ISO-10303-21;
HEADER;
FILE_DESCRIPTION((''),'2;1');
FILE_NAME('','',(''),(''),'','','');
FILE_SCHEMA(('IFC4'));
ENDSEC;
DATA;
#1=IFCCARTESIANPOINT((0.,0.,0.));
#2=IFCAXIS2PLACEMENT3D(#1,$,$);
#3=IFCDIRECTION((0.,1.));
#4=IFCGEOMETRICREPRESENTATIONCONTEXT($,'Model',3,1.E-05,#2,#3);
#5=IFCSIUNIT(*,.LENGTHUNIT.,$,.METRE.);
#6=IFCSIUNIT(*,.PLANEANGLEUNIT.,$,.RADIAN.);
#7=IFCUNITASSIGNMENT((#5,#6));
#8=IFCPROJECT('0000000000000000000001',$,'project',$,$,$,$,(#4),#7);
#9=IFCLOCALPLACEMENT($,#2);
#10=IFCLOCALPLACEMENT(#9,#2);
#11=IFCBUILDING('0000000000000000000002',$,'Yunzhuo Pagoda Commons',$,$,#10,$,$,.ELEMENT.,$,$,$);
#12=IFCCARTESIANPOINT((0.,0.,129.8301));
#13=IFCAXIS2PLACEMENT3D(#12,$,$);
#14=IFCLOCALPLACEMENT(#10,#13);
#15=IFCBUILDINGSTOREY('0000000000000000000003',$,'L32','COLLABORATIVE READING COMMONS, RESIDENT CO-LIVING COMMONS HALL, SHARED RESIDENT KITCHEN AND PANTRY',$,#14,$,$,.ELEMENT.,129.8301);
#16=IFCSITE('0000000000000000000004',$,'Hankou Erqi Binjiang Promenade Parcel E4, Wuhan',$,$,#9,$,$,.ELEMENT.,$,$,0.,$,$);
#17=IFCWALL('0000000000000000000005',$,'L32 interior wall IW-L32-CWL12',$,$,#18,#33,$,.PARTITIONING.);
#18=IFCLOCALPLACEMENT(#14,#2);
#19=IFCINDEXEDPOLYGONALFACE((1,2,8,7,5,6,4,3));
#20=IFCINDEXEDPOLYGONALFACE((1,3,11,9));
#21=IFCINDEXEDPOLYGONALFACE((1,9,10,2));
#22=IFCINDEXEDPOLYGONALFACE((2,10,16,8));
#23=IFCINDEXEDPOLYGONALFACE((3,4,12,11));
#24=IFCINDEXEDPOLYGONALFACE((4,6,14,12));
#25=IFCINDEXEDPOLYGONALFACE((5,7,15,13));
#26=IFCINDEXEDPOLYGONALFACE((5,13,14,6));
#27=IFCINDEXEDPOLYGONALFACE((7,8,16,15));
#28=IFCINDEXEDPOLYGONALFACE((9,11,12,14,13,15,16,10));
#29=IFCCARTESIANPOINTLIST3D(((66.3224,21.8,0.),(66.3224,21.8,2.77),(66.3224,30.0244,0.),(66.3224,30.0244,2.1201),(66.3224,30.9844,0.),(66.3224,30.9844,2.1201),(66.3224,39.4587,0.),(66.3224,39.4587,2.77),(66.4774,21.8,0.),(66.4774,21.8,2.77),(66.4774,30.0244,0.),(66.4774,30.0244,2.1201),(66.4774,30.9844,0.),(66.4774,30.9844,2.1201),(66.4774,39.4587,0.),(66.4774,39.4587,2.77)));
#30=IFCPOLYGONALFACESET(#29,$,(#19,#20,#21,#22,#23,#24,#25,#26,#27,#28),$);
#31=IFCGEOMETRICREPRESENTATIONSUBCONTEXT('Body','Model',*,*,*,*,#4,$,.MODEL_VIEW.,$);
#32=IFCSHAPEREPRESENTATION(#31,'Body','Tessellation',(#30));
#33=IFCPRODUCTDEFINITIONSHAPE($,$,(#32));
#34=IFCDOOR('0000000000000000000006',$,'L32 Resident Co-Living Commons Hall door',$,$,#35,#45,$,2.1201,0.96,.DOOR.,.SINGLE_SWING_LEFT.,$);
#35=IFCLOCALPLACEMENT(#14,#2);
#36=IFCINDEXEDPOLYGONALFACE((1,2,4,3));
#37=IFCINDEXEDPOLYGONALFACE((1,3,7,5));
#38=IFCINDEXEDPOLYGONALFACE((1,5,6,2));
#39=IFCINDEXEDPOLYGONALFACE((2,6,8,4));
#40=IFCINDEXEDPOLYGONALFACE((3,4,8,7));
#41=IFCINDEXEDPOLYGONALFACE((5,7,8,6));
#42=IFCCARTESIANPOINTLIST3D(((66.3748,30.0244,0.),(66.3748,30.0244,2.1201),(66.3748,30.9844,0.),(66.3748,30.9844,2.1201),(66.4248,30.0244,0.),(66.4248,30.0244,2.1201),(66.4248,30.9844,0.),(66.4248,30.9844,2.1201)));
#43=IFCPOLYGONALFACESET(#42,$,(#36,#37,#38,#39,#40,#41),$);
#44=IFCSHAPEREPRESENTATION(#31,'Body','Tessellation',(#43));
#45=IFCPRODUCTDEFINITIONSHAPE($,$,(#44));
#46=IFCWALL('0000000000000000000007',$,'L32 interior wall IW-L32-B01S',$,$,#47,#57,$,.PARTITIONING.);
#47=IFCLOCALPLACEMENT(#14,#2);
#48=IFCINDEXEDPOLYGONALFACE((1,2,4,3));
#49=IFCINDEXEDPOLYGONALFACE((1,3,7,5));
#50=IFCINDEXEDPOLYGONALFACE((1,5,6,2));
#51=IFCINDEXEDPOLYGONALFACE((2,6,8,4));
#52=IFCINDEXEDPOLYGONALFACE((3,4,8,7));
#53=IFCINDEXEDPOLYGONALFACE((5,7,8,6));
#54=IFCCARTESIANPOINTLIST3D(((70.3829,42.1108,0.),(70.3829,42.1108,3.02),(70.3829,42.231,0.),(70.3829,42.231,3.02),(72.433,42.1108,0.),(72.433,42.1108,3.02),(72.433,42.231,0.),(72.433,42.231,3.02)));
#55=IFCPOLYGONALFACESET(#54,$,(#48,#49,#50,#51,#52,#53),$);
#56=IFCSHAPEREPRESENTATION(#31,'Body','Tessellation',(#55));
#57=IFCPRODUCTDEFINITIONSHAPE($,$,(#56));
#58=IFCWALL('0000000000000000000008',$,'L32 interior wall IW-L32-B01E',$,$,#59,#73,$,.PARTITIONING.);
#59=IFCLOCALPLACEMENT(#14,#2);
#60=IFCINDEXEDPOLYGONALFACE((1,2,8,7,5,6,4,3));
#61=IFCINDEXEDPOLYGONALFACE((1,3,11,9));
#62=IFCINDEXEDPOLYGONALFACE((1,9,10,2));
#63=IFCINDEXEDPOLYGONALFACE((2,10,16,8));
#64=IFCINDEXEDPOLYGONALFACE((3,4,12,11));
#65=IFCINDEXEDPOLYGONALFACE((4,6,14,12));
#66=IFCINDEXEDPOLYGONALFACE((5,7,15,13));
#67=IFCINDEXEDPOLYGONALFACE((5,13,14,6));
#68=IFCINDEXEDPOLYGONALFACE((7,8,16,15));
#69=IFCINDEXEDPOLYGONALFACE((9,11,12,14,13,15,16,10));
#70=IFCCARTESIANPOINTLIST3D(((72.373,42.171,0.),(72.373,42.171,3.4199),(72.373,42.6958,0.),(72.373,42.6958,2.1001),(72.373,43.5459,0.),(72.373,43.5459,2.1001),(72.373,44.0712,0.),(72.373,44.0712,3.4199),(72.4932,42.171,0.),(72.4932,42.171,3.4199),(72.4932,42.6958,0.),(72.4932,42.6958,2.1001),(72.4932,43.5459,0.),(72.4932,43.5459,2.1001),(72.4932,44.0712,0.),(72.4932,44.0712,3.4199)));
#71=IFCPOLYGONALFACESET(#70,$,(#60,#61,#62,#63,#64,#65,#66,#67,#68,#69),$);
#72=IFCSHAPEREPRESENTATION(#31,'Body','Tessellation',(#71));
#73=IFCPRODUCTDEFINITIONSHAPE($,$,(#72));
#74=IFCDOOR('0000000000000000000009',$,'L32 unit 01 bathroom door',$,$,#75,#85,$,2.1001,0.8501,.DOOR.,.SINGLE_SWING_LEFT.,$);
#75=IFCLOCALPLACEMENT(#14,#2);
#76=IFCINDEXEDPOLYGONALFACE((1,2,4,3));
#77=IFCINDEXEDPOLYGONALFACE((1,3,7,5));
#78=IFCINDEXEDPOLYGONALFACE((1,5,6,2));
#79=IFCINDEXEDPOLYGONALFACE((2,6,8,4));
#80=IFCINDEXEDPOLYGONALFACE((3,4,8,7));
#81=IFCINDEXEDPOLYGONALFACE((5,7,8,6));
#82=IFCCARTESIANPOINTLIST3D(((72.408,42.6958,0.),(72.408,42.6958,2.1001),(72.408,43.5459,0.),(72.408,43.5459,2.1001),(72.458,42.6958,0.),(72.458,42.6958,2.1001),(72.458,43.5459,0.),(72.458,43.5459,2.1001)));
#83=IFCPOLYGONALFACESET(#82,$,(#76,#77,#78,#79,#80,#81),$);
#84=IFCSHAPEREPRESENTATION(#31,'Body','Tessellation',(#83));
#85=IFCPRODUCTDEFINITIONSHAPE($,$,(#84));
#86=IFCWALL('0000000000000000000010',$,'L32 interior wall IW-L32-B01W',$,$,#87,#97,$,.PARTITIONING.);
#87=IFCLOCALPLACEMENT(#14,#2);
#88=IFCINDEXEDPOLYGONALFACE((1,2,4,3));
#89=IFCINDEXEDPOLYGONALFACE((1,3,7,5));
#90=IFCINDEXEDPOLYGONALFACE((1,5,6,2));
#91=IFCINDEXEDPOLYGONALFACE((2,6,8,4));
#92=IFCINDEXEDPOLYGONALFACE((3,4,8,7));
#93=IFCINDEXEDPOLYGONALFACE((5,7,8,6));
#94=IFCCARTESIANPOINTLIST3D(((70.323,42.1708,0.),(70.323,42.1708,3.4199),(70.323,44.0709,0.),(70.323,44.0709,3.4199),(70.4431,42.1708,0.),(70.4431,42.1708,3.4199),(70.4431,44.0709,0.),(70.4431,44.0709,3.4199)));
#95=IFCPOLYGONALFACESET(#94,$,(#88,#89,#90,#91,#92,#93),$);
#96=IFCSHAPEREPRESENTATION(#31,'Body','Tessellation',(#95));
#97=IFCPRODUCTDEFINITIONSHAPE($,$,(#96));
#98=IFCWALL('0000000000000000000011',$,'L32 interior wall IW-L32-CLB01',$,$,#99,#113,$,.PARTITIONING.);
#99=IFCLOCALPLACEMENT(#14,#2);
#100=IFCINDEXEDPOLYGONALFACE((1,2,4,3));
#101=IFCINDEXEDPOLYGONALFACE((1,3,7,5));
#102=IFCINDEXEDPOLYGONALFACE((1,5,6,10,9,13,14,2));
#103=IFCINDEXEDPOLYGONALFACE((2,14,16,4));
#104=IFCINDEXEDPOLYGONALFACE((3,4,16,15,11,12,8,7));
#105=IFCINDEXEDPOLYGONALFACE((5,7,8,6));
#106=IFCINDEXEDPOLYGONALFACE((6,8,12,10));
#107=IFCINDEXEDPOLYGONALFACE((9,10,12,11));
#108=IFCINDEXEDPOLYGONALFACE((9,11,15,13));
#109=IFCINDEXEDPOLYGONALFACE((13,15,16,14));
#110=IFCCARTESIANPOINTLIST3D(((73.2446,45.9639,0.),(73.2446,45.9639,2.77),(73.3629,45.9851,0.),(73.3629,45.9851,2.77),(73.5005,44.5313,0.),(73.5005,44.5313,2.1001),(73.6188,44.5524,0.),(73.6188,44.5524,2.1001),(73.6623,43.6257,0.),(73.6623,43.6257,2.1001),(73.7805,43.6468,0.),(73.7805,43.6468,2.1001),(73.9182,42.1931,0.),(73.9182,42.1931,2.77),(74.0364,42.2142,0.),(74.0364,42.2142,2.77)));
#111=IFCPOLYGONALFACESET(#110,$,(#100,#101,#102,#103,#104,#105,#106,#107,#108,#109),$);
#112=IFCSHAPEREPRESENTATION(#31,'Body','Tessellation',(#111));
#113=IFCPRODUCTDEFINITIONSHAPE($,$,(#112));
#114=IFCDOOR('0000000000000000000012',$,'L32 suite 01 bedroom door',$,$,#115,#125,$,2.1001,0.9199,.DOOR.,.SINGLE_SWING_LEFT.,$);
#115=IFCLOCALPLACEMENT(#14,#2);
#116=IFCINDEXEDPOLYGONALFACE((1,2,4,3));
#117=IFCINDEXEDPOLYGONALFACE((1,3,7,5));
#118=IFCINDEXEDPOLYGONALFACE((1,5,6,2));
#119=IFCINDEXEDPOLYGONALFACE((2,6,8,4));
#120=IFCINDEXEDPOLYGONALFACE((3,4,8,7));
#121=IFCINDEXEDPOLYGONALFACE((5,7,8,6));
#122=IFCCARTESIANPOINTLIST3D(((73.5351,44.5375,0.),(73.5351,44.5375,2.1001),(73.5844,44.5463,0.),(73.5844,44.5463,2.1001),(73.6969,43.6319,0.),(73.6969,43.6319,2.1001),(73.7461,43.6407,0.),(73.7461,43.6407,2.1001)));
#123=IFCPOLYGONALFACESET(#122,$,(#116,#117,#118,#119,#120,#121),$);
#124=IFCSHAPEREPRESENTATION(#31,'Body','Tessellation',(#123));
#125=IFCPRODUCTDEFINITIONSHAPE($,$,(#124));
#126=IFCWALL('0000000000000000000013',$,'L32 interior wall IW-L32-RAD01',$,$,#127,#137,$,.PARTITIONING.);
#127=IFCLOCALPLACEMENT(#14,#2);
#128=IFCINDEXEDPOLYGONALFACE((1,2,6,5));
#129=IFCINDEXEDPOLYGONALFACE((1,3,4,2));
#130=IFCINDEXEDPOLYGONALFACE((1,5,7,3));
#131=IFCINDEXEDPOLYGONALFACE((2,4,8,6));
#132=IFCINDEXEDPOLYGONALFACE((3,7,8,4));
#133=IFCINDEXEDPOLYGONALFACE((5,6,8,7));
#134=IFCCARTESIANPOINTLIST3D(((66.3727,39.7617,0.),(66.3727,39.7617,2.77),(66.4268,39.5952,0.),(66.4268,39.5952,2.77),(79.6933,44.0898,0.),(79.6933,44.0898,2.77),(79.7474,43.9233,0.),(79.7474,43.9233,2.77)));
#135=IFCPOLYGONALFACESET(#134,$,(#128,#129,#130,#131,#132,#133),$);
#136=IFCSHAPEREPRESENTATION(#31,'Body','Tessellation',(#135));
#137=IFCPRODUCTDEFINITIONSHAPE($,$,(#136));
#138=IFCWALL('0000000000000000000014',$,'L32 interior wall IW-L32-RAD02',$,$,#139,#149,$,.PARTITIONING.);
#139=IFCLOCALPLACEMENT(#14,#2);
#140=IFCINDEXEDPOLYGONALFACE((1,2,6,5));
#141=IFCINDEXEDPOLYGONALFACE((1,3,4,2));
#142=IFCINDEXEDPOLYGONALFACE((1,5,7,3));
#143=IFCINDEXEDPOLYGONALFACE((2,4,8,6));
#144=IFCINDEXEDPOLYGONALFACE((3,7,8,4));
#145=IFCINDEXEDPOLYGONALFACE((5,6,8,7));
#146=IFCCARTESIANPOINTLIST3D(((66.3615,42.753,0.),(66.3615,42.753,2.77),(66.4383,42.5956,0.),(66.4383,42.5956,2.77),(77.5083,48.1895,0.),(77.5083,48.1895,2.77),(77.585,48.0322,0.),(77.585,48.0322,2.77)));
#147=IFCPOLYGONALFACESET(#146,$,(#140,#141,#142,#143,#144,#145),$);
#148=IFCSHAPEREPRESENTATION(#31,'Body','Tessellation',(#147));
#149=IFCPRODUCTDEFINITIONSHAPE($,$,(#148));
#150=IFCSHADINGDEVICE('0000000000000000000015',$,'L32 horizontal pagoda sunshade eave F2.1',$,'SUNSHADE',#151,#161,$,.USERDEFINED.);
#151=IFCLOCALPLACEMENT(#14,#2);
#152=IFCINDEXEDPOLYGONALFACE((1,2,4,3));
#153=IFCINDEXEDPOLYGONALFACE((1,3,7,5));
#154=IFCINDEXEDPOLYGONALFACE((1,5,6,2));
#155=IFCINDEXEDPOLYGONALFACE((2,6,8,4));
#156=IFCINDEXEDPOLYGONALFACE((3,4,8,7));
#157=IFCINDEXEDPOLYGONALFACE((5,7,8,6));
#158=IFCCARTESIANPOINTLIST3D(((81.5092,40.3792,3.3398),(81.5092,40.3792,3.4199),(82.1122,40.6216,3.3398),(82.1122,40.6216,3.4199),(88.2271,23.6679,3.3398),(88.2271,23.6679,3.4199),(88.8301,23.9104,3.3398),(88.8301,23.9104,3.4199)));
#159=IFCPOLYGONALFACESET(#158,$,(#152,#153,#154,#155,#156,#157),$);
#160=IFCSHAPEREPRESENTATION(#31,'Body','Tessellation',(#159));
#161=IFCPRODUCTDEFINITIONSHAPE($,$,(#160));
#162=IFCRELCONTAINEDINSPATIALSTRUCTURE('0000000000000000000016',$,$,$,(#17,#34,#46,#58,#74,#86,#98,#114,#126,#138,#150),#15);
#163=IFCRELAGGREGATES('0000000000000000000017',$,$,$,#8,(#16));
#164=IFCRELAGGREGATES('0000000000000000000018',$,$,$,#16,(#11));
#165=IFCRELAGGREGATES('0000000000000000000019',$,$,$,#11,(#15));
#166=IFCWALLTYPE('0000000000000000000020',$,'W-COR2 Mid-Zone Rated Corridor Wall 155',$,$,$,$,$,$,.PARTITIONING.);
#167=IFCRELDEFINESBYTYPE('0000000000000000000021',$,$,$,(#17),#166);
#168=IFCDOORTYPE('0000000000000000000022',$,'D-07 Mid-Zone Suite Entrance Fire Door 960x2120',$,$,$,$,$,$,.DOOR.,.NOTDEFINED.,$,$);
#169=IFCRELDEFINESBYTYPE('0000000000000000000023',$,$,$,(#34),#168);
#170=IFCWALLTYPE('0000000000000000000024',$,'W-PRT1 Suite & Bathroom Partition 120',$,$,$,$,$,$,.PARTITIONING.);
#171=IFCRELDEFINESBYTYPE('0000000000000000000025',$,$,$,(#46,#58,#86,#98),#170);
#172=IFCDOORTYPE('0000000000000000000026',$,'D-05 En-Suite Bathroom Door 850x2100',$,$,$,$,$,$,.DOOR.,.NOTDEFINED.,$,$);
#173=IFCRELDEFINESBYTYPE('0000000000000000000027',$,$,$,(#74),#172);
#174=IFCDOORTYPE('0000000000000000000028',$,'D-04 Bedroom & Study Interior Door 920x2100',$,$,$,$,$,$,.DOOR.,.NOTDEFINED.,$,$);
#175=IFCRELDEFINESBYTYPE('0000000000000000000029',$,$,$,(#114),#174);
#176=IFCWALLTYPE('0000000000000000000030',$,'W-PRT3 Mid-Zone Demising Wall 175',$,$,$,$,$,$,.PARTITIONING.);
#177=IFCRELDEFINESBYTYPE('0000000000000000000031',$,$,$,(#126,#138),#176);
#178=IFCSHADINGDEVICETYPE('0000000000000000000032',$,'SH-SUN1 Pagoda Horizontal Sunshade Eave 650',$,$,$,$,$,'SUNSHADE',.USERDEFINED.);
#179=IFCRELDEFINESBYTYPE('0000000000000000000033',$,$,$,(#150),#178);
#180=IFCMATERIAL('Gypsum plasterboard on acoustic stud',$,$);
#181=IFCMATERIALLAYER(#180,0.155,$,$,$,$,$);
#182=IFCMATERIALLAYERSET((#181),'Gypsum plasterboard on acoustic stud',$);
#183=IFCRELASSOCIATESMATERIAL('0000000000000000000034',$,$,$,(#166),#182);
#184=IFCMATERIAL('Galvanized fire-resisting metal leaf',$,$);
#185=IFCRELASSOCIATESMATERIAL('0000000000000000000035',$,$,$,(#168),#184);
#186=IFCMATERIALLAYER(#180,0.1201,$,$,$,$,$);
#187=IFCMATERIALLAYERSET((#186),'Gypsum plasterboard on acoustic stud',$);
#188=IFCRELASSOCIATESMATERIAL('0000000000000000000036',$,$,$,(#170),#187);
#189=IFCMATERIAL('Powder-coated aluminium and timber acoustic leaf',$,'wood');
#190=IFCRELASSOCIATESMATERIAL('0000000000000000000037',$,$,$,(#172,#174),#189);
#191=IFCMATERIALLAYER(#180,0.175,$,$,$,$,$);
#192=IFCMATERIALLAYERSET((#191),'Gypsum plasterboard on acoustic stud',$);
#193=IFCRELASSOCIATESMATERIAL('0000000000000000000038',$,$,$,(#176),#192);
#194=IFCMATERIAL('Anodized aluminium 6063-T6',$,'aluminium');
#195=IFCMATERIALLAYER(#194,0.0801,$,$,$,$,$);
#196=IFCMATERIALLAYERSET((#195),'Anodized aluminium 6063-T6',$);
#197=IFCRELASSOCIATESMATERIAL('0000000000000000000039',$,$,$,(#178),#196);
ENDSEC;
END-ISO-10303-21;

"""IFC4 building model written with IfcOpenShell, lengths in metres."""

from ifc_helpers import new_model, si_unit, direction, frame, frame_2d, origin, origin_with_axes, origin_2d, place, context, subcontext, project, spatial, rectangle, extrude, source, transform, mapped, material, layer, layer_set, type_object, element, fill, save


model = new_model("IFC4")

# Units and contexts
model_context = context("Model", 3, precision=1e-05, world=origin(), true_north=direction((0.0, 1.0)))
body_context = subcontext(model_context, "Body", "Model", "MODEL_VIEW")
ifc_project = project(units=[si_unit("LENGTHUNIT", "METRE"), si_unit("PLANEANGLEUNIT", "RADIAN")], contexts=[model_context])

# Site, building, storey
site_placement = place(None, origin())
site = spatial("IfcSite", under=ifc_project, at=site_placement, Name="Hankou Erqi Binjiang Promenade Parcel E4, Wuhan", CompositionType="ELEMENT", RefElevation=0.0)
building_placement = place(site_placement, origin())
building = spatial("IfcBuilding", under=site, at=building_placement, Name="Yunzhuo Pagoda Commons", CompositionType="ELEMENT")
storey_placement = place(building_placement, frame((0.0, 0.0, 129.8301)))
storey = spatial("IfcBuildingStorey", under=building, at=storey_placement, Name="L32", Description="COLLABORATIVE READING COMMONS, RESIDENT CO-LIVING COMMONS HALL, SHARED RESIDENT KITCHEN AND PANTRY", CompositionType="ELEMENT", Elevation=129.8301)

# Shared definitions
ifc_material_1 = material(Name="Anodized aluminium 6063-T6", Category="aluminium")

# Shared definitions
ifc_material_2 = material(Name="Gypsum plasterboard on acoustic stud")
ifc_layer_1 = layer(ifc_material_2, 0.155)
ifc_layer_set_1 = layer_set([ifc_layer_1], Name="Gypsum plasterboard on acoustic stud")
wall_type_1 = type_object("IfcWallType", Name="W-COR2 Mid-Zone Rated Corridor Wall 155", PredefinedType="PARTITIONING", material=ifc_layer_set_1)

# Wall, opening, door
ifc_material_3 = material(Name="Galvanized fire-resisting metal leaf")
door_type_1 = type_object("IfcDoorType", Name="D-07 Mid-Zone Suite Entrance Fire Door 960x2120", OperationType="NOTDEFINED", PredefinedType="DOOR", material=ifc_material_3)
shared_shape_1 = source(origin(), body_context, "Body", "SweptSolid", [
    extrude(rectangle(XDim=0.96, YDim=2.1201, at=frame_2d((0.48, 1.0601))), frame((0.0, 0.0249, 0.0), z_axis=(0.0, -1.0, 0.0), x_axis=(1.0, 0.0, 0.0)), (0.0, 0.0, 1.0), 0.05),
])
wall_1_placement = place(storey_placement, frame((66.3999, 39.4587, 0.0), z_axis=(0.0, 0.0, 1.0), x_axis=(0.0, -1.0, 0.0)))
wall_1 = element("IfcWall", 1, at=wall_1_placement, inside=storey, type_object=wall_type_1, Name="L32 interior wall IW-L32-CWL12", PredefinedType="PARTITIONING", context=body_context, shape_type="SweptSolid", body=[
    extrude(rectangle(XDim=17.6587, YDim=0.155, at=frame_2d((8.8293, 0.0))), origin(), (0.0, 0.0, 1.0), 2.77),
])
opening_1_placement = place(wall_1_placement, frame((8.4744, 0.0, 0.0)))
opening_1 = element("IfcOpeningElement", 2, at=opening_1_placement, cuts=wall_1, PredefinedType="OPENING", context=body_context, shape_type="SweptSolid", body=[
    extrude(rectangle(XDim=0.96, YDim=2.1201, at=frame_2d((0.48, 1.0601))), frame((0.0, 0.0874, 0.0), z_axis=(0.0, -1.0, 0.0), x_axis=(1.0, 0.0, 0.0)), (0.0, 0.0, 1.0), 0.175),
])
door_1_placement = place(opening_1_placement, origin_with_axes())
door_1 = element("IfcDoor", 3, at=door_1_placement, inside=storey, type_object=door_type_1, Name="L32 Resident Co-Living Commons Hall door", OperationType="SINGLE_SWING_LEFT", OverallHeight=2.1201, OverallWidth=0.96, PredefinedType="DOOR", context=body_context, shape_type="MappedRepresentation", body=[
    mapped(shared_shape_1, transform((0.0, 0.0, 0.0), scale=1.0)),
])
fill(opening_1, door_1)

# Wall
ifc_layer_2 = layer(ifc_material_2, 0.1201)
ifc_layer_set_2 = layer_set([ifc_layer_2], Name="Gypsum plasterboard on acoustic stud")
wall_type_2 = type_object("IfcWallType", Name="W-PRT1 Suite & Bathroom Partition 120", PredefinedType="PARTITIONING", material=ifc_layer_set_2)
wall_2_placement = place(storey_placement, frame((70.3831, 42.1709, 0.0), z_axis=(0.0, 0.0, 1.0), x_axis=(1.0, 0.0, 0.0)))
element("IfcWall", 4, at=wall_2_placement, inside=storey, type_object=wall_type_2, Name="L32 interior wall IW-L32-B01S", PredefinedType="PARTITIONING", context=body_context, shape_type="SweptSolid", body=[
    extrude(rectangle(XDim=2.05, YDim=0.1201, at=frame_2d((1.0249, 0.0))), origin(), (0.0, 0.0, 1.0), 3.02),
])

# Wall, opening, door
wall_3_placement = place(storey_placement, frame((72.4331, 42.1709, 0.0), z_axis=(0.0, 0.0, 1.0), x_axis=(0.0, 1.0, 0.0)))
wall_3 = element("IfcWall", 5, at=wall_3_placement, inside=storey, type_object=wall_type_2, Name="L32 interior wall IW-L32-B01E", PredefinedType="PARTITIONING", context=body_context, shape_type="SweptSolid", body=[
    extrude(rectangle(XDim=1.9001, YDim=0.1201, at=frame_2d((0.9502, 0.0))), origin(), (0.0, 0.0, 1.0), 3.4199),
])
opening_2_placement = place(wall_3_placement, frame((0.5249, 0.0, 0.0)))
opening_2 = element("IfcOpeningElement", 6, at=opening_2_placement, cuts=wall_3, PredefinedType="OPENING", context=body_context, shape_type="SweptSolid", body=[
    extrude(rectangle(XDim=0.8501, YDim=2.1001, at=frame_2d((0.425, 1.05))), frame((0.0, 0.0701, 0.0), z_axis=(0.0, -1.0, 0.0), x_axis=(1.0, 0.0, 0.0)), (0.0, 0.0, 1.0), 0.1401),
])
ifc_material_4 = material(Name="Powder-coated aluminium and timber acoustic leaf", Category="wood")
door_type_2 = type_object("IfcDoorType", Name="D-05 En-Suite Bathroom Door 850x2100", OperationType="NOTDEFINED", PredefinedType="DOOR", material=ifc_material_4)
shared_shape_2 = source(origin(), body_context, "Body", "SweptSolid", [
    extrude(rectangle(XDim=0.8501, YDim=2.1001, at=frame_2d((0.425, 1.05))), frame((0.0, 0.0249, 0.0), z_axis=(0.0, -1.0, 0.0), x_axis=(1.0, 0.0, 0.0)), (0.0, 0.0, 1.0), 0.05),
])
door_2_placement = place(opening_2_placement, frame((0.8501, 0.0, 0.0), z_axis=(0.0, 0.0, 1.0), x_axis=(-1.0, 0.0, 0.0)))
door_2 = element("IfcDoor", 7, at=door_2_placement, inside=storey, type_object=door_type_2, Name="L32 unit 01 bathroom door", OperationType="SINGLE_SWING_LEFT", OverallHeight=2.1001, OverallWidth=0.8501, PredefinedType="DOOR", context=body_context, shape_type="MappedRepresentation", body=[
    mapped(shared_shape_2, transform((0.0, 0.0, 0.0), scale=1.0)),
])
fill(opening_2, door_2)

# Wall
wall_4_placement = place(storey_placement, frame((70.3831, 44.071, 0.0), z_axis=(0.0, 0.0, 1.0), x_axis=(0.0, -1.0, 0.0)))
element("IfcWall", 8, at=wall_4_placement, inside=storey, type_object=wall_type_2, Name="L32 interior wall IW-L32-B01W", PredefinedType="PARTITIONING", context=body_context, shape_type="SweptSolid", body=[
    extrude(rectangle(XDim=1.9001, YDim=0.1201, at=frame_2d((0.9502, 0.0))), origin(), (0.0, 0.0, 1.0), 3.4199),
])

# Wall, opening, door
wall_5_placement = place(storey_placement, frame((73.9773, 42.2036, 0.0), z_axis=(0.0, 0.0, 1.0), x_axis=(-0.175839, 0.984419, 0.0)))
wall_5 = element("IfcWall", 9, at=wall_5_placement, inside=storey, type_object=wall_type_2, Name="L32 interior wall IW-L32-CLB01", PredefinedType="PARTITIONING", context=body_context, shape_type="SweptSolid", body=[
    extrude(rectangle(XDim=3.8306, YDim=0.1201, at=frame_2d((1.9153, 0.0))), origin(), (0.0, 0.0, 1.0), 2.77),
])
opening_3_placement = place(wall_5_placement, frame((1.4553, 0.0, 0.0)))
opening_3 = element("IfcOpeningElement", 10, at=opening_3_placement, cuts=wall_5, PredefinedType="OPENING", context=body_context, shape_type="SweptSolid", body=[
    extrude(rectangle(XDim=0.9199, YDim=2.1001, at=frame_2d((0.46, 1.05))), frame((0.0, 0.0701, 0.0), z_axis=(0.0, -1.0, 0.0), x_axis=(1.0, 0.0, 0.0)), (0.0, 0.0, 1.0), 0.1401),
])
door_type_3 = type_object("IfcDoorType", Name="D-04 Bedroom & Study Interior Door 920x2100", OperationType="NOTDEFINED", PredefinedType="DOOR", material=ifc_material_4)
shared_shape_3 = source(origin(), body_context, "Body", "SweptSolid", [
    extrude(rectangle(XDim=0.9199, YDim=2.1001, at=frame_2d((0.46, 1.05))), frame((0.0, 0.0249, 0.0), z_axis=(0.0, -1.0, 0.0), x_axis=(1.0, 0.0, 0.0)), (0.0, 0.0, 1.0), 0.05),
])
door_3_placement = place(opening_3_placement, origin_with_axes())
door_3 = element("IfcDoor", 11, at=door_3_placement, inside=storey, type_object=door_type_3, Name="L32 suite 01 bedroom door", OperationType="SINGLE_SWING_LEFT", OverallHeight=2.1001, OverallWidth=0.9199, PredefinedType="DOOR", context=body_context, shape_type="MappedRepresentation", body=[
    mapped(shared_shape_3, transform((0.0, 0.0, 0.0), scale=1.0)),
])
fill(opening_3, door_3)

# Walls
ifc_layer_3 = layer(ifc_material_2, 0.175)
ifc_layer_set_3 = layer_set([ifc_layer_3], Name="Gypsum plasterboard on acoustic stud")
wall_type_3 = type_object("IfcWallType", Name="W-PRT3 Mid-Zone Demising Wall 175", PredefinedType="PARTITIONING", material=ifc_layer_set_3)
wall_6_placement = place(storey_placement, frame((66.3999, 39.6785, 0.0), z_axis=(0.0, 0.0, 1.0), x_axis=(0.951056, 0.309018, 0.0)))
element("IfcWall", 12, at=wall_6_placement, inside=storey, type_object=wall_type_3, Name="L32 interior wall IW-L32-RAD01", PredefinedType="PARTITIONING", context=body_context, shape_type="SweptSolid", body=[
    extrude(rectangle(XDim=14.0061, YDim=0.175, at=frame_2d((7.0029, 0.0))), origin(), (0.0, 0.0, 1.0), 2.77),
])
wall_7_placement = place(storey_placement, frame((66.3999, 42.6743, 0.0), z_axis=(0.0, 0.0, 1.0), x_axis=(0.898797, 0.438365, 0.0)))
element("IfcWall", 13, at=wall_7_placement, inside=storey, type_object=wall_type_3, Name="L32 interior wall IW-L32-RAD02", PredefinedType="PARTITIONING", context=body_context, shape_type="SweptSolid", body=[
    extrude(rectangle(XDim=12.4019, YDim=0.175, at=frame_2d((6.2009, 0.0))), origin(), (0.0, 0.0, 1.0), 2.77),
])

# Shading device
ifc_layer_4 = layer(ifc_material_1, 0.0801)
ifc_layer_set_4 = layer_set([ifc_layer_4], Name="Anodized aluminium 6063-T6")
shading_device_type = type_object("IfcShadingDeviceType", Name="SH-SUN1 Pagoda Horizontal Sunshade Eave 650", ElementType="SUNSHADE", PredefinedType="USERDEFINED", material=ifc_layer_set_4)
shared_shape_4 = source(origin(), body_context, "Body", "SweptSolid", [
    extrude(rectangle(XDim=18.011, YDim=0.6499, at=origin_2d()), origin(), (0.0, 0.0, 1.0), 0.0801),
])
shading_device_placement = place(storey_placement, frame((85.1697, 32.1448, 3.3398), z_axis=(0.0, 0.0, 1.0), x_axis=(-0.372988, 0.927836, 0.0)))
element("IfcShadingDevice", 14, at=shading_device_placement, inside=storey, type_object=shading_device_type, Name="L32 horizontal pagoda sunshade eave F2.1", ObjectType="SUNSHADE", PredefinedType="USERDEFINED", context=body_context, shape_type="MappedRepresentation", body=[
    mapped(shared_shape_4, transform((0.0, 0.0, 0.0), scale=1.0)),
])

save(model, "model.ifc")
